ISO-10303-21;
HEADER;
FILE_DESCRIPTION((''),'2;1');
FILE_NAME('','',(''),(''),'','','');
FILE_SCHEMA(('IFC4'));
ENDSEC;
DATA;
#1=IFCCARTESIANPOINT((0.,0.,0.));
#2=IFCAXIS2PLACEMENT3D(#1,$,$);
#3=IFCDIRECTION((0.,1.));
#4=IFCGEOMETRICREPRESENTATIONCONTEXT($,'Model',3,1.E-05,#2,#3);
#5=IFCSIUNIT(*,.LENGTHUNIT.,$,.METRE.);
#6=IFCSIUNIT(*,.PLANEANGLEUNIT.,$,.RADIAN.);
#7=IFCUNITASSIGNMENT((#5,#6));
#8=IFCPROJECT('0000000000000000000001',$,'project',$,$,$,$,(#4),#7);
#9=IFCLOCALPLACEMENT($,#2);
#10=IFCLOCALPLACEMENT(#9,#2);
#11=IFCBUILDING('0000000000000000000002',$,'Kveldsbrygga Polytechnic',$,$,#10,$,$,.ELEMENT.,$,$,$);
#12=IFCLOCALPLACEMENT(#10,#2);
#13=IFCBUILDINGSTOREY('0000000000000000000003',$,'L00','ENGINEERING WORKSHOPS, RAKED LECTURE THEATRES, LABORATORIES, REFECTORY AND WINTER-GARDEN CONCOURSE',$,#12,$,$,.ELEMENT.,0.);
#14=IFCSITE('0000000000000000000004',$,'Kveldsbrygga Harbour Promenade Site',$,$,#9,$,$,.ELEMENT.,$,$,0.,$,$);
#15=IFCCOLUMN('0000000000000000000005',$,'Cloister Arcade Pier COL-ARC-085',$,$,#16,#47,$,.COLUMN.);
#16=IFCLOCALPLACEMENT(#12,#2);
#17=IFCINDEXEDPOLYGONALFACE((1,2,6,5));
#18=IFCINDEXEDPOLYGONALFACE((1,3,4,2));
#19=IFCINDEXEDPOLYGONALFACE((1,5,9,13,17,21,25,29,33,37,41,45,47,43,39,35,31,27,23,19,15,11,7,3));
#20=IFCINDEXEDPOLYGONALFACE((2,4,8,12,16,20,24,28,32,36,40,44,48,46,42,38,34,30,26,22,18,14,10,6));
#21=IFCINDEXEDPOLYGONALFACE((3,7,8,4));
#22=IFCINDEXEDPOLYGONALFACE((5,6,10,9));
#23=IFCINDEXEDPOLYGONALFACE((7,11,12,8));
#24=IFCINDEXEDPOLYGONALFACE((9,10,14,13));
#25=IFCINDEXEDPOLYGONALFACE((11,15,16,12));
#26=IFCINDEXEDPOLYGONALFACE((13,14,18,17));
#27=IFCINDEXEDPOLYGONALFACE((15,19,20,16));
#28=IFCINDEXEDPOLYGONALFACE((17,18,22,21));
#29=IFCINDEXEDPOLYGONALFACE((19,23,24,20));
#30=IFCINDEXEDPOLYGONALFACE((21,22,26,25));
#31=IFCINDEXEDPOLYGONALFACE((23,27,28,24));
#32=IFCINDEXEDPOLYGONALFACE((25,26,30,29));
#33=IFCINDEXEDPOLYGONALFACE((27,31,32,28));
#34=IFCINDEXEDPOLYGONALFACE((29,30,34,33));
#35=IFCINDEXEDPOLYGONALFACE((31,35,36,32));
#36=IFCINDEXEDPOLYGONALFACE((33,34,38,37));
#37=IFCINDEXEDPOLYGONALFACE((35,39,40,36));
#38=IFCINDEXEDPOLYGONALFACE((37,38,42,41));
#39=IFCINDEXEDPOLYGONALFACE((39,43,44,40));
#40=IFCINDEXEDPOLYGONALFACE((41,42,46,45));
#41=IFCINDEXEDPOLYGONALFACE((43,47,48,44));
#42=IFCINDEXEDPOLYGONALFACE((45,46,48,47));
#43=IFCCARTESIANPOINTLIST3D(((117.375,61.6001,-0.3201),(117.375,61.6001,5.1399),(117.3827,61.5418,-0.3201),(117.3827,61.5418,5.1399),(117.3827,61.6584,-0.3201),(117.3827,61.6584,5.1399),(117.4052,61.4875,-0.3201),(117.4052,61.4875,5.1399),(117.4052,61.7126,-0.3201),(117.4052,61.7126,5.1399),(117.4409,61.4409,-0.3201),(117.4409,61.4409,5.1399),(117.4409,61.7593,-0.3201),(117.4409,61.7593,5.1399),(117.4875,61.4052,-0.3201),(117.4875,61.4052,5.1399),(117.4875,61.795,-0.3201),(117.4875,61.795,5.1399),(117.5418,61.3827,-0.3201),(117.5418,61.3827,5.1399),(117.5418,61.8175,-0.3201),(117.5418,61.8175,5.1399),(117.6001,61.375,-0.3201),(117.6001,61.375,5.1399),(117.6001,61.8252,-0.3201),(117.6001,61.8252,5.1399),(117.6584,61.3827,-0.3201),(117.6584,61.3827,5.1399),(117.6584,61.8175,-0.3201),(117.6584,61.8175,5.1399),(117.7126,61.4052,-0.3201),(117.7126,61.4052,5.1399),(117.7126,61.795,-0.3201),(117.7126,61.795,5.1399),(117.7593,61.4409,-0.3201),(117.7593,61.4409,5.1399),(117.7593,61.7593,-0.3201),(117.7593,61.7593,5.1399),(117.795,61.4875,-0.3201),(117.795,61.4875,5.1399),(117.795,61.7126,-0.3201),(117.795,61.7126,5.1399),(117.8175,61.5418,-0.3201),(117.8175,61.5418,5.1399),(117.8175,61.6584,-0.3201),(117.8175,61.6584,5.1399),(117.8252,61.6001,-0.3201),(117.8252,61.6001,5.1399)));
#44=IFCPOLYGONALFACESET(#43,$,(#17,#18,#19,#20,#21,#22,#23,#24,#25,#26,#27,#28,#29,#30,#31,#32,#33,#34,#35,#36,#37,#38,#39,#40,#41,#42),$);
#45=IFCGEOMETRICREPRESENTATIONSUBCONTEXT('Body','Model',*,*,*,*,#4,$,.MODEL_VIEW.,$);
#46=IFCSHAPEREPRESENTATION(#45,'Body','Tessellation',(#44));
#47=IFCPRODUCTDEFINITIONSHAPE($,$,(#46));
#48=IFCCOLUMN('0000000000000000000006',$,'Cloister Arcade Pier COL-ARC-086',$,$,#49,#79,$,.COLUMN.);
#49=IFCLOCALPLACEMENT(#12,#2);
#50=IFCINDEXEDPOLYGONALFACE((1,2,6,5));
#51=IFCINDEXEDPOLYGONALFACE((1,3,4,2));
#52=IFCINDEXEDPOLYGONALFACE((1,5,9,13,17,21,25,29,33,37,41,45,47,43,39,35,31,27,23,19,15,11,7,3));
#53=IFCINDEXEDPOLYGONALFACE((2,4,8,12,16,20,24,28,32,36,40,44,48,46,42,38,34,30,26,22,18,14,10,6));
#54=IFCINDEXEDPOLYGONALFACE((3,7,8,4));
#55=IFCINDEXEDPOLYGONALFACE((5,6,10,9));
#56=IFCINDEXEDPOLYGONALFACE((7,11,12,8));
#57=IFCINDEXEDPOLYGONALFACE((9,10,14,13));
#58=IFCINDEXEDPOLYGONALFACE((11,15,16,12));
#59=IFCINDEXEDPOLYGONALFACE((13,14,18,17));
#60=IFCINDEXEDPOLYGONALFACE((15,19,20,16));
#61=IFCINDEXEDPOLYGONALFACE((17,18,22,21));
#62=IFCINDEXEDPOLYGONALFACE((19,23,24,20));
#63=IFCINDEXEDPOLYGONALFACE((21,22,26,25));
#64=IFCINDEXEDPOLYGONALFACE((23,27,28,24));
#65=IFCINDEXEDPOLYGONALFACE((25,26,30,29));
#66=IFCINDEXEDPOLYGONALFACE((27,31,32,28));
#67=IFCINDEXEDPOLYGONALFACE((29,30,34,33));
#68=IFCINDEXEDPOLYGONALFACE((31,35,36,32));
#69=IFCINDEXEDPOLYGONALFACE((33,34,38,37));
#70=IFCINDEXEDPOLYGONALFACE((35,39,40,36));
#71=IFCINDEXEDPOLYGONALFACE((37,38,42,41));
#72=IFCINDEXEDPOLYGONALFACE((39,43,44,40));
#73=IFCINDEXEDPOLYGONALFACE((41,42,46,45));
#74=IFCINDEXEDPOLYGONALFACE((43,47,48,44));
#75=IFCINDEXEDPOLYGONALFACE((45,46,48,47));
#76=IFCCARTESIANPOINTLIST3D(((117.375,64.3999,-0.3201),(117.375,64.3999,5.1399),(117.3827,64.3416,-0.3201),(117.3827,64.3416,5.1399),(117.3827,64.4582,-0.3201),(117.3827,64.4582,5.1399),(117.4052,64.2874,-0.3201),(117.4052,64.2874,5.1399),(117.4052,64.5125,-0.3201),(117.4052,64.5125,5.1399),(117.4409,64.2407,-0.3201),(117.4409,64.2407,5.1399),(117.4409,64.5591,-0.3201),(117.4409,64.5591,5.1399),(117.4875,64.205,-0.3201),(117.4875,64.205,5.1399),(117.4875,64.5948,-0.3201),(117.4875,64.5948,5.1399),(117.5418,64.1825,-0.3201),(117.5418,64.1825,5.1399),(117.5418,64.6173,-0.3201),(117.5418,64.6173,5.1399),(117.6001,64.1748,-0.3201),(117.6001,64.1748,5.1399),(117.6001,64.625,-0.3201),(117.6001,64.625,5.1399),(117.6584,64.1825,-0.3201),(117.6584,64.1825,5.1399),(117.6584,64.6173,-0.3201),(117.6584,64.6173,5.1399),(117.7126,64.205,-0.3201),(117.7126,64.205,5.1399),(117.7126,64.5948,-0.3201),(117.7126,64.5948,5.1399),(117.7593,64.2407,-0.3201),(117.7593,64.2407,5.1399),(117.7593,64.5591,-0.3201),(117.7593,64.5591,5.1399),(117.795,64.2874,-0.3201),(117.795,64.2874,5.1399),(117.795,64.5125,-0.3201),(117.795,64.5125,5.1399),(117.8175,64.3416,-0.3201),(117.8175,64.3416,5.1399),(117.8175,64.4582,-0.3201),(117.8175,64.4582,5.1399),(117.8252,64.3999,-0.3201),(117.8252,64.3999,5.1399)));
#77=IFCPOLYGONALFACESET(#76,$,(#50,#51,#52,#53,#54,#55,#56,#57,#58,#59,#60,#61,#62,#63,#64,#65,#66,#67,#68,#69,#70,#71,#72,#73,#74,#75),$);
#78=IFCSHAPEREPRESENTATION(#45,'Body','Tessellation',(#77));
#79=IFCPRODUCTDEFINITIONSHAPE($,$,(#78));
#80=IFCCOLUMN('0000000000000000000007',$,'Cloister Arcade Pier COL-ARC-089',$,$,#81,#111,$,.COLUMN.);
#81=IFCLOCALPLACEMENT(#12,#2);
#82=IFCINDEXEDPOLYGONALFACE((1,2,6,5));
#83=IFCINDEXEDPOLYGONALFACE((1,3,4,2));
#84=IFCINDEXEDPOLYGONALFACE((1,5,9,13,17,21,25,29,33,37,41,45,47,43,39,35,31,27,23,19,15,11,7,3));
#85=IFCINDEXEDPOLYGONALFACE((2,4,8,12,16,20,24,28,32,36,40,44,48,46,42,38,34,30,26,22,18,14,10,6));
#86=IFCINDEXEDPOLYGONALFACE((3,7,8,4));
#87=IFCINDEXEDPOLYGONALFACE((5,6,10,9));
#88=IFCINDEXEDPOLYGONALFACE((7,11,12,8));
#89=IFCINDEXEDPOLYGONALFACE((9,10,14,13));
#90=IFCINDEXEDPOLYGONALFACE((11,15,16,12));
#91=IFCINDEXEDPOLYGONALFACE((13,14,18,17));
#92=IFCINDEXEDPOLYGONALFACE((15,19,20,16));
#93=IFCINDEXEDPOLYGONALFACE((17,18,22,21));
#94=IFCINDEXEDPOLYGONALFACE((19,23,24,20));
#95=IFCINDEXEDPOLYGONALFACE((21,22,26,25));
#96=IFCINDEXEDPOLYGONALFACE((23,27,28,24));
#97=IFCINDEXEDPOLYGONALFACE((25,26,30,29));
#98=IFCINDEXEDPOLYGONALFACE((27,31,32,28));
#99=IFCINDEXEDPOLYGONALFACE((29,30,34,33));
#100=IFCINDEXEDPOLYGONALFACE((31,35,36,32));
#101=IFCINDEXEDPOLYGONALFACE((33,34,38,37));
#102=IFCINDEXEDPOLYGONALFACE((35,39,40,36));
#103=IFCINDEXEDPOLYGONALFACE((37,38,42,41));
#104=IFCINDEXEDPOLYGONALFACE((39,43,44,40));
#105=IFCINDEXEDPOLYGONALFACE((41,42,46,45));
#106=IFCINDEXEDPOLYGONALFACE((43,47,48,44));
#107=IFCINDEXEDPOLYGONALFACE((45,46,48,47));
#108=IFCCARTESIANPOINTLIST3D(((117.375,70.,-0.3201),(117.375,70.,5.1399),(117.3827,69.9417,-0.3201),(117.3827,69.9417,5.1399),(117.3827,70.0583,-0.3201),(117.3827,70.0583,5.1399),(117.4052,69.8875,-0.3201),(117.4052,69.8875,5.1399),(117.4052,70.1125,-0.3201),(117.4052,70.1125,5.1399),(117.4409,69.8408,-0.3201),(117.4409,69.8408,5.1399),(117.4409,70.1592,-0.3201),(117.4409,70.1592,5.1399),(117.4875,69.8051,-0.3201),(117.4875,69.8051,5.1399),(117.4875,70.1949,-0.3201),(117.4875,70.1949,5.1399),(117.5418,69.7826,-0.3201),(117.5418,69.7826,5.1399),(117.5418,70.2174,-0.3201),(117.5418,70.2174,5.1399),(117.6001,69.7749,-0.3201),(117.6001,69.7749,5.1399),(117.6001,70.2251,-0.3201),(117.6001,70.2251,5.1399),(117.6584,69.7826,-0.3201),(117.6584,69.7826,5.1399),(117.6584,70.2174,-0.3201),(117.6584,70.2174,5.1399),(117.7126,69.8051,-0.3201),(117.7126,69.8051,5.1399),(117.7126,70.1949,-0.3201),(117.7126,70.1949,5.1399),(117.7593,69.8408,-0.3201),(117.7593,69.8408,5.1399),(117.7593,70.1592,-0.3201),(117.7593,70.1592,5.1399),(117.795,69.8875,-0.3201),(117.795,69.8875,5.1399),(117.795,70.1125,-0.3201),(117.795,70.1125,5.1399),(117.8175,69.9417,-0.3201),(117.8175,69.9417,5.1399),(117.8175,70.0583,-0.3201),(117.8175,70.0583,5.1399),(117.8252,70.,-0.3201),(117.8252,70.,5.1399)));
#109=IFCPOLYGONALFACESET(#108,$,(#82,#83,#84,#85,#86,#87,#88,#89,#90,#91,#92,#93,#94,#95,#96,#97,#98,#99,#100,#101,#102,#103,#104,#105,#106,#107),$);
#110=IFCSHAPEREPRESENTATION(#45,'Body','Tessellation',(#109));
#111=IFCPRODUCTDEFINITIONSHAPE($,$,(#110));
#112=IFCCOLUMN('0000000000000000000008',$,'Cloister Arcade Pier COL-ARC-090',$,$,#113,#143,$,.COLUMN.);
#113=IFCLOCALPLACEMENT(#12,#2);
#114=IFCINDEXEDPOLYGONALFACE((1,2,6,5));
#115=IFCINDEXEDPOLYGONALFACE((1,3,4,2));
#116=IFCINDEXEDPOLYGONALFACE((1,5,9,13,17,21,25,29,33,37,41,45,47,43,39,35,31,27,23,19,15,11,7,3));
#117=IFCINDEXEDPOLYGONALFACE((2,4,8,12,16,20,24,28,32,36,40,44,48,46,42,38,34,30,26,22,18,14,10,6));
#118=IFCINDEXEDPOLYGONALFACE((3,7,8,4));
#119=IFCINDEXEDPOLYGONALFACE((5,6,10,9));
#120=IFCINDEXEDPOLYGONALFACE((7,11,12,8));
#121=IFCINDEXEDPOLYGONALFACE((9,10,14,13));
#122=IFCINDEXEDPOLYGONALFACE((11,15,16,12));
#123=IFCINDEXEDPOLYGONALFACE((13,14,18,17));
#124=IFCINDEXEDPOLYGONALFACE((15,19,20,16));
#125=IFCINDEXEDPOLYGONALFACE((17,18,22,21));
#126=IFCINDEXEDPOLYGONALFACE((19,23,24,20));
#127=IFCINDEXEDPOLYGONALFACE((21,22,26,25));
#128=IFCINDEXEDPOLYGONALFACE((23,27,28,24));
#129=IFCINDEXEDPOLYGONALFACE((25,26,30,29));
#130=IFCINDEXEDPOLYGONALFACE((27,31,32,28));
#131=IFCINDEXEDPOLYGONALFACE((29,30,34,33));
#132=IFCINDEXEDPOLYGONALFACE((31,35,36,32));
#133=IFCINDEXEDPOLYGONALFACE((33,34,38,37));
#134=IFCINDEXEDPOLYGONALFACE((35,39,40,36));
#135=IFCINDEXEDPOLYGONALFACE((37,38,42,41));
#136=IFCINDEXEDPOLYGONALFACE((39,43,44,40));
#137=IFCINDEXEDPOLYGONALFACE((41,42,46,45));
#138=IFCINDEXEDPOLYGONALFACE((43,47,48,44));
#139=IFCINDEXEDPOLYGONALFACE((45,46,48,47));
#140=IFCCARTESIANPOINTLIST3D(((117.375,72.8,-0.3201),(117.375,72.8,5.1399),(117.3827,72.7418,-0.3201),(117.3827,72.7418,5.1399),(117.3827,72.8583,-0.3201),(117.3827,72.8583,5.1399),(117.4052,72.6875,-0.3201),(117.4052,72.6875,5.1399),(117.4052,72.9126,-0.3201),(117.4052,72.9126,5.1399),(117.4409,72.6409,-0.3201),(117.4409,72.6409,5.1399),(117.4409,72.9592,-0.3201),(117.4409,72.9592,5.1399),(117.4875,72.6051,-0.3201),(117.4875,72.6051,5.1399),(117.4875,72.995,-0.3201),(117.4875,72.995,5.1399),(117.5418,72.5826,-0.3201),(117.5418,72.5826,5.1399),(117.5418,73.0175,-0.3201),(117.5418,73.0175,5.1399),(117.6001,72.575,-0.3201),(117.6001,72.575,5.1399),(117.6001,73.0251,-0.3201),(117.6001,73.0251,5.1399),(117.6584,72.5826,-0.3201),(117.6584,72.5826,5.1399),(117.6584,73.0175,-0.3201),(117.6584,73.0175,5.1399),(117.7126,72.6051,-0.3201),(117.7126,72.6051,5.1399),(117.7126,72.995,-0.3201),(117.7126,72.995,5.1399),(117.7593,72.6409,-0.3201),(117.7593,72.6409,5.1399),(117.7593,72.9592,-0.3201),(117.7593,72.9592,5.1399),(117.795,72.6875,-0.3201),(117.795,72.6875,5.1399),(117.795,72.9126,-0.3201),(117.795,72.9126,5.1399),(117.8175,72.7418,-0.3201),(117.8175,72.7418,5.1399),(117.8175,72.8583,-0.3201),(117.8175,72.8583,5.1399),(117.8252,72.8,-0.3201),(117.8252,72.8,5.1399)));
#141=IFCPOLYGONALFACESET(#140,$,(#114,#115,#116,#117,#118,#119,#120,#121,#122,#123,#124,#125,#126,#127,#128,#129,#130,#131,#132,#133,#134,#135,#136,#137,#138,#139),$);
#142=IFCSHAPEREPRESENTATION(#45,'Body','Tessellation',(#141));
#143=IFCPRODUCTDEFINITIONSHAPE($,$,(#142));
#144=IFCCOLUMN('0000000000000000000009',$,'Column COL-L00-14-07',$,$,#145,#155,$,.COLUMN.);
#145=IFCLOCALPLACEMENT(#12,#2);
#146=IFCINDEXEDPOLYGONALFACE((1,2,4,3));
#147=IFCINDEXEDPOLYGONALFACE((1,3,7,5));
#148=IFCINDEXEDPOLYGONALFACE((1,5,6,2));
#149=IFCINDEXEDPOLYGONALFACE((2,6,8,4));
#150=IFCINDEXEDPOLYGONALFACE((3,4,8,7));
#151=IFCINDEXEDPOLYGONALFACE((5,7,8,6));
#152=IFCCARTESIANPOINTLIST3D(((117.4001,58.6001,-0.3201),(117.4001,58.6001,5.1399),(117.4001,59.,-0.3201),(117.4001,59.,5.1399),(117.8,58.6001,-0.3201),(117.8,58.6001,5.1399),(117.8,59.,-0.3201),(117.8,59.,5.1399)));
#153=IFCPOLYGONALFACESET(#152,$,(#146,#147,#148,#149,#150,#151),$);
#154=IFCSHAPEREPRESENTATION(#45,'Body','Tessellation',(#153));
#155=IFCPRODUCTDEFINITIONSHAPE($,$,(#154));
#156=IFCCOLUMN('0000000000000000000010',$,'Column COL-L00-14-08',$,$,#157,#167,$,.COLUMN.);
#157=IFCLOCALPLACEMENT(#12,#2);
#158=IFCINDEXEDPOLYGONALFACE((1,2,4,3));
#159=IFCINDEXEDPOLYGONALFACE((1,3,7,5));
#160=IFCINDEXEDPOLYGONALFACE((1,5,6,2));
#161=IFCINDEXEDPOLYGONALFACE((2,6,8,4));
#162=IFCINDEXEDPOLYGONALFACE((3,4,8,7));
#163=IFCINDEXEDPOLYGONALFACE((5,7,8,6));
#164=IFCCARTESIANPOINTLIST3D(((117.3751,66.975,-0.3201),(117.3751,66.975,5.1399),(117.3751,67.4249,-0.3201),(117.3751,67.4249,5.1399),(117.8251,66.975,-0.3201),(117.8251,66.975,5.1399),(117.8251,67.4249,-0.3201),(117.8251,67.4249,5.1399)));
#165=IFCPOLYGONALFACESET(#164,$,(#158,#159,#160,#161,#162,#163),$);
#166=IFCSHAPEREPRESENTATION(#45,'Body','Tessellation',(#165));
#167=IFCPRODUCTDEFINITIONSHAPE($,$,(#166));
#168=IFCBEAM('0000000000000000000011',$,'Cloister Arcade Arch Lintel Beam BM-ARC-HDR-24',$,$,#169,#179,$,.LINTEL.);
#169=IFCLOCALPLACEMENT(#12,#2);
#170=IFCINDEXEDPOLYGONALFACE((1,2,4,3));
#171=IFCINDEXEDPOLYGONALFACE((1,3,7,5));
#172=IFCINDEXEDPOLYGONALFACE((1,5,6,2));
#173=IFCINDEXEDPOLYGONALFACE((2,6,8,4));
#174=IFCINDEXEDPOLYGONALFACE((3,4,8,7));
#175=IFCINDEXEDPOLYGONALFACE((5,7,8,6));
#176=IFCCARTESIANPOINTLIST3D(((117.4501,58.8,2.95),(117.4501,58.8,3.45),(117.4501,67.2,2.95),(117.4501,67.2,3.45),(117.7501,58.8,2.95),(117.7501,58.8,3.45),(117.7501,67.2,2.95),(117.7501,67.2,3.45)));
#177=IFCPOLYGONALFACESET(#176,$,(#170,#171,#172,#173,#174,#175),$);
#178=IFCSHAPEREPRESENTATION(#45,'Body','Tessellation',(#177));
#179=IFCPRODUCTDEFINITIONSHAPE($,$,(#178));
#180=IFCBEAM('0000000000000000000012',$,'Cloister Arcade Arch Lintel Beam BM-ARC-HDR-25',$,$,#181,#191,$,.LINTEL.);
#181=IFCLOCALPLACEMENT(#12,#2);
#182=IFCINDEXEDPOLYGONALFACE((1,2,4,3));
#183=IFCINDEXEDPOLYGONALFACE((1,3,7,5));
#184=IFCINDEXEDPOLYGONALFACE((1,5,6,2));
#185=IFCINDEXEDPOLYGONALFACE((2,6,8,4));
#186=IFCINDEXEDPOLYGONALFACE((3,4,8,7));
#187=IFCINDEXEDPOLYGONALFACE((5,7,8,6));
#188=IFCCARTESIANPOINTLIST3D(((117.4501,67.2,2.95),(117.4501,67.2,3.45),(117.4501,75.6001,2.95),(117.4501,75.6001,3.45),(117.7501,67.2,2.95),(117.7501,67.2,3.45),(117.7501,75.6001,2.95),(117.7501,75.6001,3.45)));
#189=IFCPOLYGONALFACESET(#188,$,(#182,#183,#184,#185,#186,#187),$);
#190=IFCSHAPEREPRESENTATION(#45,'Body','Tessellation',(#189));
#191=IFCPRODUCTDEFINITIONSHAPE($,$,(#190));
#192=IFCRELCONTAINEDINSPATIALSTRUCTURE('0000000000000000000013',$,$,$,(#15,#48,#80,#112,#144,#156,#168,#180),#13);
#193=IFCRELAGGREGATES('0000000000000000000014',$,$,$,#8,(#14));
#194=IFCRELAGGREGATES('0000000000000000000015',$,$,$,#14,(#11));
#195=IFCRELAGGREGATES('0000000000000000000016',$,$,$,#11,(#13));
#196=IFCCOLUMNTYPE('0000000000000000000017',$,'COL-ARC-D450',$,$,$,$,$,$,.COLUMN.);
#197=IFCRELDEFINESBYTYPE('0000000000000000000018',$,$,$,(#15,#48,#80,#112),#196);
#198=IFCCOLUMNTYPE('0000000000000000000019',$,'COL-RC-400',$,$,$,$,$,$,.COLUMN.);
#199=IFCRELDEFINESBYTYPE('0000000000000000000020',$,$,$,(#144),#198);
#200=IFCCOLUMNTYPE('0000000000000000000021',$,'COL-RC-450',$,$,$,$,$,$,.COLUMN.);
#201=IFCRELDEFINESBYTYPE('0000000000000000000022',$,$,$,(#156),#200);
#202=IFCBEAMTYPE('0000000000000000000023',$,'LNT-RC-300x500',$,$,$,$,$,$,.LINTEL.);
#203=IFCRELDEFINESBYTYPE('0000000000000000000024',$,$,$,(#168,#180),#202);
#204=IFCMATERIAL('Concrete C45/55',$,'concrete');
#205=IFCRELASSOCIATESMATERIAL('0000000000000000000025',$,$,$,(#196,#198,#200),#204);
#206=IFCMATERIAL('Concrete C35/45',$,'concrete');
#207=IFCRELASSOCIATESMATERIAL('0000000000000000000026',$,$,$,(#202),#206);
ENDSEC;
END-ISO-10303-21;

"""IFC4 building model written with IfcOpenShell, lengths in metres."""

from ifc_helpers import new_model, si_unit, direction, frame, origin, origin_2d, place, context, subcontext, project, spatial, rectangle, circle, extrude, material, material_profile, profile_set, type_object, element, save


model = new_model("IFC4")

# Units and contexts
model_context = context("Model", 3, precision=1e-05, world=origin(), true_north=direction((0.0, 1.0)))
body_context = subcontext(model_context, "Body", "Model", "MODEL_VIEW")
ifc_project = project(units=[si_unit("LENGTHUNIT", "METRE"), si_unit("PLANEANGLEUNIT", "RADIAN")], contexts=[model_context])

# Site, building, storey
site_placement = place(None, origin())
site = spatial("IfcSite", under=ifc_project, at=site_placement, Name="Kveldsbrygga Harbour Promenade Site", CompositionType="ELEMENT", RefElevation=0.0)
building_placement = place(site_placement, origin())
building = spatial("IfcBuilding", under=site, at=building_placement, Name="Kveldsbrygga Polytechnic", CompositionType="ELEMENT")
storey_placement = place(building_placement, origin())
storey = spatial("IfcBuildingStorey", under=building, at=storey_placement, Name="L00", Description="ENGINEERING WORKSHOPS, RAKED LECTURE THEATRES, LABORATORIES, REFECTORY AND WINTER-GARDEN CONCOURSE", CompositionType="ELEMENT", Elevation=0.0)

# Shared definitions
ifc_material_1 = material(Name="Concrete C35/45", Category="concrete")

# Shared definitions
ifc_material_2 = material(Name="Concrete C45/55", Category="concrete")

# Columns
ifc_material_profile_1 = material_profile(ifc_material_2, circle(Radius=0.2251, at=origin_2d()), Name="RC D450")
ifc_profile_set_1 = profile_set([ifc_material_profile_1], Name="Concrete C45/55")
column_type_1 = type_object("IfcColumnType", Name="COL-ARC-D450", PredefinedType="COLUMN", material=ifc_profile_set_1)
for number, where, z_axis, x_axis, name in (
    (1, (117.6001, 61.6001, -0.3201), (0.0, 0.0, 1.0), (1.0, 0.0, 0.0), "Cloister Arcade Pier COL-ARC-085"),
    (2, (117.6001, 64.3999, -0.3201), (0.0, 0.0, 1.0), (1.0, 0.0, 0.0), "Cloister Arcade Pier COL-ARC-086"),
    (3, (117.6001, 70.0, -0.3201), (0.0, 0.0, 1.0), (1.0, 0.0, 0.0), "Cloister Arcade Pier COL-ARC-089"),
    (4, (117.6001, 72.8, -0.3201), (0.0, 0.0, 1.0), (1.0, 0.0, 0.0), "Cloister Arcade Pier COL-ARC-090"),
):
    element("IfcColumn", number, at=place(storey_placement, frame(where, z_axis=z_axis, x_axis=x_axis)), inside=storey, type_object=column_type_1, Name=name, PredefinedType="COLUMN", context=body_context, shape_type="SweptSolid", body=[
        extrude(circle(Radius=0.2251, at=origin_2d()), origin(), (0.0, 0.0, 1.0), 5.46),
    ])
ifc_material_profile_2 = material_profile(ifc_material_2, rectangle(XDim=0.3999, YDim=0.3999, at=origin_2d()), Name="RC 400x400")
ifc_profile_set_2 = profile_set([ifc_material_profile_2], Name="Concrete C45/55")
column_type_2 = type_object("IfcColumnType", Name="COL-RC-400", PredefinedType="COLUMN", material=ifc_profile_set_2)
column_1_placement = place(storey_placement, frame((117.6001, 58.8, -0.3201), z_axis=(0.0, 0.0, 1.0), x_axis=(1.0, 0.0, 0.0)))
element("IfcColumn", 5, at=column_1_placement, inside=storey, type_object=column_type_2, Name="Column COL-L00-14-07", PredefinedType="COLUMN", context=body_context, shape_type="SweptSolid", body=[
    extrude(rectangle(XDim=0.3999, YDim=0.3999, at=origin_2d()), origin(), (0.0, 0.0, 1.0), 5.46),
])
ifc_material_profile_3 = material_profile(ifc_material_2, rectangle(XDim=0.45, YDim=0.45, at=origin_2d()), Name="RC 450x450")
ifc_profile_set_3 = profile_set([ifc_material_profile_3], Name="Concrete C45/55")
column_type_3 = type_object("IfcColumnType", Name="COL-RC-450", PredefinedType="COLUMN", material=ifc_profile_set_3)
column_2_placement = place(storey_placement, frame((117.6001, 67.2, -0.3201), z_axis=(0.0, 0.0, 1.0), x_axis=(1.0, 0.0, 0.0)))
element("IfcColumn", 6, at=column_2_placement, inside=storey, type_object=column_type_3, Name="Column COL-L00-14-08", PredefinedType="COLUMN", context=body_context, shape_type="SweptSolid", body=[
    extrude(rectangle(XDim=0.45, YDim=0.45, at=origin_2d()), origin(), (0.0, 0.0, 1.0), 5.46),
])

# Beams
ifc_material_profile_4 = material_profile(ifc_material_1, rectangle(XDim=0.3, YDim=0.5, at=origin_2d()), Name="RC 300x500")
ifc_profile_set_4 = profile_set([ifc_material_profile_4], Name="Concrete C35/45")
beam_type = type_object("IfcBeamType", Name="LNT-RC-300x500", PredefinedType="LINTEL", material=ifc_profile_set_4)
beam_1_placement = place(storey_placement, frame((117.6001, 58.8, 3.2), z_axis=(0.0, 1.0, 0.0), x_axis=(-1.0, 0.0, 0.0)))
element("IfcBeam", 7, at=beam_1_placement, inside=storey, type_object=beam_type, Name="Cloister Arcade Arch Lintel Beam BM-ARC-HDR-24", PredefinedType="LINTEL", context=body_context, shape_type="SweptSolid", body=[
    extrude(rectangle(XDim=0.3, YDim=0.5, at=origin_2d()), origin(), (0.0, 0.0, 1.0), 8.3999),
])
beam_2_placement = place(storey_placement, frame((117.6001, 67.2, 3.2), z_axis=(0.0, 1.0, 0.0), x_axis=(-1.0, 0.0, 0.0)))
element("IfcBeam", 8, at=beam_2_placement, inside=storey, type_object=beam_type, Name="Cloister Arcade Arch Lintel Beam BM-ARC-HDR-25", PredefinedType="LINTEL", context=body_context, shape_type="SweptSolid", body=[
    extrude(rectangle(XDim=0.3, YDim=0.5, at=origin_2d()), origin(), (0.0, 0.0, 1.0), 8.4001),
])

save(model, "model.ifc")
